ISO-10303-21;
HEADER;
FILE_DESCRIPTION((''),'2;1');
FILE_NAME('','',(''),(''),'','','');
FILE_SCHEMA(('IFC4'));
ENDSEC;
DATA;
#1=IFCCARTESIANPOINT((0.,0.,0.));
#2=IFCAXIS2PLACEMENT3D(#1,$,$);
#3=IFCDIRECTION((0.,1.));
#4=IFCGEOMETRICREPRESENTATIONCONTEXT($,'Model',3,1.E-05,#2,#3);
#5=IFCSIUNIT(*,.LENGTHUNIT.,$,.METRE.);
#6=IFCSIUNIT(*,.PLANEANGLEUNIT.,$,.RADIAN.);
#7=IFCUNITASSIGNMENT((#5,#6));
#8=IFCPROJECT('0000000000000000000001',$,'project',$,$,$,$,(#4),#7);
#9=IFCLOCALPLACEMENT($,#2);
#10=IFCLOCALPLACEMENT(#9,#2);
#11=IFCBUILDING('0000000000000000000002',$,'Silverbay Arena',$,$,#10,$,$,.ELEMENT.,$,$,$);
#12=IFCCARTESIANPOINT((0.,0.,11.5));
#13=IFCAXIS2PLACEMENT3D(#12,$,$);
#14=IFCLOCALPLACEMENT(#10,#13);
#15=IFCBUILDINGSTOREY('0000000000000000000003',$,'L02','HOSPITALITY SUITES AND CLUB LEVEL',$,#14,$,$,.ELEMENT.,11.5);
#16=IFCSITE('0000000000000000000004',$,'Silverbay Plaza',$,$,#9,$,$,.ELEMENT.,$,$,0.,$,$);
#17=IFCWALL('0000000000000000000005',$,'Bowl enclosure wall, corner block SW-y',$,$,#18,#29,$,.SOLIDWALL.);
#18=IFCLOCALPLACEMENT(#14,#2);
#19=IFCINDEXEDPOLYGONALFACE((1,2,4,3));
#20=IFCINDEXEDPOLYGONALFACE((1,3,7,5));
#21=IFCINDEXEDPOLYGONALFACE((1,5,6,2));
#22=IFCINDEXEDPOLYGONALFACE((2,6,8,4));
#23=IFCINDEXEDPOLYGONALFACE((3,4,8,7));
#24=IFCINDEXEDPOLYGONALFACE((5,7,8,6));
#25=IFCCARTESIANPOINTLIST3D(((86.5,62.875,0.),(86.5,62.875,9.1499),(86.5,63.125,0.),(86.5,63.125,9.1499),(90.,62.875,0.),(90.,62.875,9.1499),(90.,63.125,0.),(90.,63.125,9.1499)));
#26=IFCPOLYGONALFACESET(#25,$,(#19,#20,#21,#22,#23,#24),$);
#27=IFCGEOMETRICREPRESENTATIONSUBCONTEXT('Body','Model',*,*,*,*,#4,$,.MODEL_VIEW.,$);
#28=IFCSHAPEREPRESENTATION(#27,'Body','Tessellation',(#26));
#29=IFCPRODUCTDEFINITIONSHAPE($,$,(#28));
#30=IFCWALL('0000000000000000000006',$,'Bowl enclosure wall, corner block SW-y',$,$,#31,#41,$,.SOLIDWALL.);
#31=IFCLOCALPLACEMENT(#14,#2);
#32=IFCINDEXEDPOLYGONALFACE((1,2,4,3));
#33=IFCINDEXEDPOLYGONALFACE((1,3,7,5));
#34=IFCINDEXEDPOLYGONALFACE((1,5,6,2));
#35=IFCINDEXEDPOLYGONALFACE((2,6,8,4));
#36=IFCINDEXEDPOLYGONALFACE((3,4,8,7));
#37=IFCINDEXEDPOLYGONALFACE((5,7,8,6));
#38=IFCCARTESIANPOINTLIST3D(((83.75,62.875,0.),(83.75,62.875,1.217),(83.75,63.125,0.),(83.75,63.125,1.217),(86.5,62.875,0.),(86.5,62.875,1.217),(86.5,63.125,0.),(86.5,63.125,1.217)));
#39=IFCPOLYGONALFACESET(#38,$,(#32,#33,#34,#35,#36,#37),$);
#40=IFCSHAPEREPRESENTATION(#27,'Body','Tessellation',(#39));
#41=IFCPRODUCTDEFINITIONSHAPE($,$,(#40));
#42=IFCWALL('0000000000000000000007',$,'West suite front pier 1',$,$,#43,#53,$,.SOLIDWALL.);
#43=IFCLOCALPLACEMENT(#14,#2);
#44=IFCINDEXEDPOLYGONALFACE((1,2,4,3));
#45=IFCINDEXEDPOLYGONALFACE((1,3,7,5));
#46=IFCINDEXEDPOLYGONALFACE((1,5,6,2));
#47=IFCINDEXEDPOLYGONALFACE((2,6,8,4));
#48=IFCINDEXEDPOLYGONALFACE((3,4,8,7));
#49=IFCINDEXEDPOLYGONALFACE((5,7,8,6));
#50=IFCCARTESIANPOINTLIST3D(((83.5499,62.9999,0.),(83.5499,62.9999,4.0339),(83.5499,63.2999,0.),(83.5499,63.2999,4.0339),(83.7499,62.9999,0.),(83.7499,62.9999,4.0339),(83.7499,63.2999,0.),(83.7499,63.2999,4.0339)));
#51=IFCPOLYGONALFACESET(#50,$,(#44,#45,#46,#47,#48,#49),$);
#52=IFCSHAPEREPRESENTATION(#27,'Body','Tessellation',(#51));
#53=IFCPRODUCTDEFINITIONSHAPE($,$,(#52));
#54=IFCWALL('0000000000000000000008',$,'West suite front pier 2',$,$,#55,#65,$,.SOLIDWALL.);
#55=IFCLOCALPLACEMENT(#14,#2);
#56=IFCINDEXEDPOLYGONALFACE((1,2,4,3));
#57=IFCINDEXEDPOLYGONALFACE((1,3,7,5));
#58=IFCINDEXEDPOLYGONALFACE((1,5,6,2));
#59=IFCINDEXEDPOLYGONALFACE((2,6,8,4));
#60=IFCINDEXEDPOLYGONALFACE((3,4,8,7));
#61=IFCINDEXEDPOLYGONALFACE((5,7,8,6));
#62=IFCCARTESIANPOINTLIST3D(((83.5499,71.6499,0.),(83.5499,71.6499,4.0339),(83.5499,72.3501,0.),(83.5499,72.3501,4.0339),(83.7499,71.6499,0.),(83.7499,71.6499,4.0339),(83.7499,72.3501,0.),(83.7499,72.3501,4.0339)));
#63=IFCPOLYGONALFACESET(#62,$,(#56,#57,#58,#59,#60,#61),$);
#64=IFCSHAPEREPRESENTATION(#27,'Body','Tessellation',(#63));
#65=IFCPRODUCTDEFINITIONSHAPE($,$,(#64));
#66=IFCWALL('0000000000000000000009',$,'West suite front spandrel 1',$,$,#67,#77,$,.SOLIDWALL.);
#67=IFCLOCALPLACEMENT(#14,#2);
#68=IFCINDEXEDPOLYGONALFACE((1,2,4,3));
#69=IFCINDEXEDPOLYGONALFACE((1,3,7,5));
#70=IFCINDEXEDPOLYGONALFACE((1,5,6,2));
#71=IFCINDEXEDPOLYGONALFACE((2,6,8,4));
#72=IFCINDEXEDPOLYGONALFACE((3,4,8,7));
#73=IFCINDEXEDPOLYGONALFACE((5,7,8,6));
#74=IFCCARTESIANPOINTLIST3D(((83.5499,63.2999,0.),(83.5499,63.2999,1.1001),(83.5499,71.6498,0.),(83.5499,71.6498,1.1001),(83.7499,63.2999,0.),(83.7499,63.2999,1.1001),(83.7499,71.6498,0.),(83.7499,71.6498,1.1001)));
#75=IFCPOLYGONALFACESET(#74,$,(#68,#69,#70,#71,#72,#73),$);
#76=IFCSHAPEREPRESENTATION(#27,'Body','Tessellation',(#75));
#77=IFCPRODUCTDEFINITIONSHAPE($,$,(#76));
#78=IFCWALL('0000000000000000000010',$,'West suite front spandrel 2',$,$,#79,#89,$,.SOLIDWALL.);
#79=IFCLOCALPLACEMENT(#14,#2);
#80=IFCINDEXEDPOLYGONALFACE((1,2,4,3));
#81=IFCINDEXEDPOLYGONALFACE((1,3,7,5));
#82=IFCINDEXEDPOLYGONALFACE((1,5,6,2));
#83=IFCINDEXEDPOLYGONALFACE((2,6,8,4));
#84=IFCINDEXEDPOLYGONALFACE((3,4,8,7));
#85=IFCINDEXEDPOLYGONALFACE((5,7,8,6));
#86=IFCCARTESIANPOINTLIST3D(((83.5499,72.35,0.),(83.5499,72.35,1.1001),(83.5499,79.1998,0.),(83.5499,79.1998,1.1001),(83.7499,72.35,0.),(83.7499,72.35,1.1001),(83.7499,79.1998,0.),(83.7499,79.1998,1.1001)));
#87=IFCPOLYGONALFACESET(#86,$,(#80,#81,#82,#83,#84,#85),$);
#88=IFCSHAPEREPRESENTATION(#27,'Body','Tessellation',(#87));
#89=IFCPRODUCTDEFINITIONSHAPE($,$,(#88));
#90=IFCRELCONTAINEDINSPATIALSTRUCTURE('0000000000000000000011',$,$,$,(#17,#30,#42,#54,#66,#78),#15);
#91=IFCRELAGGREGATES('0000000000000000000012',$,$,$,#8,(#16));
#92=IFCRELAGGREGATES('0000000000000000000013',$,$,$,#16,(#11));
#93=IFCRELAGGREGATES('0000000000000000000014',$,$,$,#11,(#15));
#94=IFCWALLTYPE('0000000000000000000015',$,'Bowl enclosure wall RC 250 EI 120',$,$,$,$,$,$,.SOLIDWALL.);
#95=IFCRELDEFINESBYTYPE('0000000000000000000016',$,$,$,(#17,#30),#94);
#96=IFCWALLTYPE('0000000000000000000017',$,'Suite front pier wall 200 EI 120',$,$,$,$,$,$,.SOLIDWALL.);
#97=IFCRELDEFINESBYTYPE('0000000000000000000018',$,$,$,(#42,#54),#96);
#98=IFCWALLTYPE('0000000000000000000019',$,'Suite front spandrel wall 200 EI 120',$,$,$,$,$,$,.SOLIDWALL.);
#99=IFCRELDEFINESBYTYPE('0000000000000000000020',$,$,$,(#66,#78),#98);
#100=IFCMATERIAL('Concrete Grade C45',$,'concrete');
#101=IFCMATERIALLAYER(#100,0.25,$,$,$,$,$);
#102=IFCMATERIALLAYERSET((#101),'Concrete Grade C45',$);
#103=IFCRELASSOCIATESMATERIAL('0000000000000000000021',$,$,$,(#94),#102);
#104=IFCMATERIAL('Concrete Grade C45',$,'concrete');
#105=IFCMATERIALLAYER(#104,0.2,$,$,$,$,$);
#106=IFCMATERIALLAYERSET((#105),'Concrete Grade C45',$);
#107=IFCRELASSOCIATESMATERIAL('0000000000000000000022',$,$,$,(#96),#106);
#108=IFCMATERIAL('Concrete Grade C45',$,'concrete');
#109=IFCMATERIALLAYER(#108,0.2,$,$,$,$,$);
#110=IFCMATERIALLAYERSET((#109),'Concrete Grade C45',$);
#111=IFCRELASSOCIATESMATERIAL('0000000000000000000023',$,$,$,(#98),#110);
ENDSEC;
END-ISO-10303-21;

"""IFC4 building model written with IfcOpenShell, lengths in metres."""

from ifc_helpers import new_model, si_unit, direction, frame, frame_2d, origin, place, context, subcontext, project, spatial, rectangle, extrude, material, layer, layer_set, type_object, element, save


model = new_model("IFC4")

# Units and contexts
model_context = context("Model", 3, precision=1e-05, world=origin(), true_north=direction((0.0, 1.0)))
body_context = subcontext(model_context, "Body", "Model", "MODEL_VIEW")
ifc_project = project(units=[si_unit("LENGTHUNIT", "METRE"), si_unit("PLANEANGLEUNIT", "RADIAN")], contexts=[model_context])

# Site, building, storey
site_placement = place(None, origin())
site = spatial("IfcSite", under=ifc_project, at=site_placement, Name="Silverbay Plaza", CompositionType="ELEMENT", RefElevation=0.0)
building_placement = place(site_placement, origin())
building = spatial("IfcBuilding", under=site, at=building_placement, Name="Silverbay Arena", CompositionType="ELEMENT")
storey_placement = place(building_placement, frame((0.0, 0.0, 11.5)))
storey = spatial("IfcBuildingStorey", under=building, at=storey_placement, Name="L02", Description="HOSPITALITY SUITES AND CLUB LEVEL", CompositionType="ELEMENT", Elevation=11.5)

# Walls
ifc_material_1 = material(Name="Concrete Grade C45", Category="concrete")
ifc_layer_1 = layer(ifc_material_1, 0.25)
ifc_layer_set_1 = layer_set([ifc_layer_1], Name="Concrete Grade C45")
wall_type_1 = type_object("IfcWallType", Name="Bowl enclosure wall RC 250 EI 120", PredefinedType="SOLIDWALL", material=ifc_layer_set_1)
wall_1_placement = place(storey_placement, frame((86.5, 63.0, 0.0), z_axis=(0.0, 0.0, 1.0), x_axis=(1.0, 0.0, 0.0)))
element("IfcWall", 1, at=wall_1_placement, inside=storey, type_object=wall_type_1, Name="Bowl enclosure wall, corner block SW-y", PredefinedType="SOLIDWALL", context=body_context, shape_type="SweptSolid", body=[
    extrude(rectangle(XDim=3.5, YDim=0.25, at=frame_2d((1.75, 0.0))), origin(), (0.0, 0.0, 1.0), 9.1499),
])
wall_2_placement = place(storey_placement, frame((83.75, 63.0, 0.0), z_axis=(0.0, 0.0, 1.0), x_axis=(1.0, 0.0, 0.0)))
element("IfcWall", 2, at=wall_2_placement, inside=storey, type_object=wall_type_1, Name="Bowl enclosure wall, corner block SW-y", PredefinedType="SOLIDWALL", context=body_context, shape_type="SweptSolid", body=[
    extrude(rectangle(XDim=2.75, YDim=0.25, at=frame_2d((1.375, 0.0))), origin(), (0.0, 0.0, 1.0), 1.217),
])
ifc_material_2 = material(Name="Concrete Grade C45", Category="concrete")
ifc_layer_2 = layer(ifc_material_2, 0.2)
ifc_layer_set_2 = layer_set([ifc_layer_2], Name="Concrete Grade C45")
wall_type_2 = type_object("IfcWallType", Name="Suite front pier wall 200 EI 120", PredefinedType="SOLIDWALL", material=ifc_layer_set_2)
wall_3_placement = place(storey_placement, frame((83.6499, 63.0, 0.0), z_axis=(0.0, 0.0, 1.0), x_axis=(0.0, 1.0, 0.0)))
element("IfcWall", 3, at=wall_3_placement, inside=storey, type_object=wall_type_2, Name="West suite front pier 1", PredefinedType="SOLIDWALL", context=body_context, shape_type="SweptSolid", body=[
    extrude(rectangle(XDim=0.3, YDim=0.2, at=frame_2d((0.1499, 0.0))), origin(), (0.0, 0.0, 1.0), 4.0339),
])
wall_4_placement = place(storey_placement, frame((83.6499, 71.6499, 0.0), z_axis=(0.0, 0.0, 1.0), x_axis=(0.0, 1.0, 0.0)))
element("IfcWall", 4, at=wall_4_placement, inside=storey, type_object=wall_type_2, Name="West suite front pier 2", PredefinedType="SOLIDWALL", context=body_context, shape_type="SweptSolid", body=[
    extrude(rectangle(XDim=0.7002, YDim=0.2, at=frame_2d((0.3501, 0.0))), origin(), (0.0, 0.0, 1.0), 4.0339),
])
ifc_material_3 = material(Name="Concrete Grade C45", Category="concrete")
ifc_layer_3 = layer(ifc_material_3, 0.2)
ifc_layer_set_3 = layer_set([ifc_layer_3], Name="Concrete Grade C45")
wall_type_3 = type_object("IfcWallType", Name="Suite front spandrel wall 200 EI 120", PredefinedType="SOLIDWALL", material=ifc_layer_set_3)
wall_5_placement = place(storey_placement, frame((83.6499, 63.3, 0.0), z_axis=(0.0, 0.0, 1.0), x_axis=(0.0, 1.0, 0.0)))
element("IfcWall", 5, at=wall_5_placement, inside=storey, type_object=wall_type_3, Name="West suite front spandrel 1", PredefinedType="SOLIDWALL", context=body_context, shape_type="SweptSolid", body=[
    extrude(rectangle(XDim=8.3499, YDim=0.2, at=frame_2d((4.1748, 0.0))), origin(), (0.0, 0.0, 1.0), 1.1001),
])
wall_6_placement = place(storey_placement, frame((83.6499, 72.3501, 0.0), z_axis=(0.0, 0.0, 1.0), x_axis=(0.0, 1.0, 0.0)))
element("IfcWall", 6, at=wall_6_placement, inside=storey, type_object=wall_type_3, Name="West suite front spandrel 2", PredefinedType="SOLIDWALL", context=body_context, shape_type="SweptSolid", body=[
    extrude(rectangle(XDim=6.8499, YDim=0.2, at=frame_2d((3.4248, 0.0))), origin(), (0.0, 0.0, 1.0), 1.1001),
])

save(model, "model.ifc")
